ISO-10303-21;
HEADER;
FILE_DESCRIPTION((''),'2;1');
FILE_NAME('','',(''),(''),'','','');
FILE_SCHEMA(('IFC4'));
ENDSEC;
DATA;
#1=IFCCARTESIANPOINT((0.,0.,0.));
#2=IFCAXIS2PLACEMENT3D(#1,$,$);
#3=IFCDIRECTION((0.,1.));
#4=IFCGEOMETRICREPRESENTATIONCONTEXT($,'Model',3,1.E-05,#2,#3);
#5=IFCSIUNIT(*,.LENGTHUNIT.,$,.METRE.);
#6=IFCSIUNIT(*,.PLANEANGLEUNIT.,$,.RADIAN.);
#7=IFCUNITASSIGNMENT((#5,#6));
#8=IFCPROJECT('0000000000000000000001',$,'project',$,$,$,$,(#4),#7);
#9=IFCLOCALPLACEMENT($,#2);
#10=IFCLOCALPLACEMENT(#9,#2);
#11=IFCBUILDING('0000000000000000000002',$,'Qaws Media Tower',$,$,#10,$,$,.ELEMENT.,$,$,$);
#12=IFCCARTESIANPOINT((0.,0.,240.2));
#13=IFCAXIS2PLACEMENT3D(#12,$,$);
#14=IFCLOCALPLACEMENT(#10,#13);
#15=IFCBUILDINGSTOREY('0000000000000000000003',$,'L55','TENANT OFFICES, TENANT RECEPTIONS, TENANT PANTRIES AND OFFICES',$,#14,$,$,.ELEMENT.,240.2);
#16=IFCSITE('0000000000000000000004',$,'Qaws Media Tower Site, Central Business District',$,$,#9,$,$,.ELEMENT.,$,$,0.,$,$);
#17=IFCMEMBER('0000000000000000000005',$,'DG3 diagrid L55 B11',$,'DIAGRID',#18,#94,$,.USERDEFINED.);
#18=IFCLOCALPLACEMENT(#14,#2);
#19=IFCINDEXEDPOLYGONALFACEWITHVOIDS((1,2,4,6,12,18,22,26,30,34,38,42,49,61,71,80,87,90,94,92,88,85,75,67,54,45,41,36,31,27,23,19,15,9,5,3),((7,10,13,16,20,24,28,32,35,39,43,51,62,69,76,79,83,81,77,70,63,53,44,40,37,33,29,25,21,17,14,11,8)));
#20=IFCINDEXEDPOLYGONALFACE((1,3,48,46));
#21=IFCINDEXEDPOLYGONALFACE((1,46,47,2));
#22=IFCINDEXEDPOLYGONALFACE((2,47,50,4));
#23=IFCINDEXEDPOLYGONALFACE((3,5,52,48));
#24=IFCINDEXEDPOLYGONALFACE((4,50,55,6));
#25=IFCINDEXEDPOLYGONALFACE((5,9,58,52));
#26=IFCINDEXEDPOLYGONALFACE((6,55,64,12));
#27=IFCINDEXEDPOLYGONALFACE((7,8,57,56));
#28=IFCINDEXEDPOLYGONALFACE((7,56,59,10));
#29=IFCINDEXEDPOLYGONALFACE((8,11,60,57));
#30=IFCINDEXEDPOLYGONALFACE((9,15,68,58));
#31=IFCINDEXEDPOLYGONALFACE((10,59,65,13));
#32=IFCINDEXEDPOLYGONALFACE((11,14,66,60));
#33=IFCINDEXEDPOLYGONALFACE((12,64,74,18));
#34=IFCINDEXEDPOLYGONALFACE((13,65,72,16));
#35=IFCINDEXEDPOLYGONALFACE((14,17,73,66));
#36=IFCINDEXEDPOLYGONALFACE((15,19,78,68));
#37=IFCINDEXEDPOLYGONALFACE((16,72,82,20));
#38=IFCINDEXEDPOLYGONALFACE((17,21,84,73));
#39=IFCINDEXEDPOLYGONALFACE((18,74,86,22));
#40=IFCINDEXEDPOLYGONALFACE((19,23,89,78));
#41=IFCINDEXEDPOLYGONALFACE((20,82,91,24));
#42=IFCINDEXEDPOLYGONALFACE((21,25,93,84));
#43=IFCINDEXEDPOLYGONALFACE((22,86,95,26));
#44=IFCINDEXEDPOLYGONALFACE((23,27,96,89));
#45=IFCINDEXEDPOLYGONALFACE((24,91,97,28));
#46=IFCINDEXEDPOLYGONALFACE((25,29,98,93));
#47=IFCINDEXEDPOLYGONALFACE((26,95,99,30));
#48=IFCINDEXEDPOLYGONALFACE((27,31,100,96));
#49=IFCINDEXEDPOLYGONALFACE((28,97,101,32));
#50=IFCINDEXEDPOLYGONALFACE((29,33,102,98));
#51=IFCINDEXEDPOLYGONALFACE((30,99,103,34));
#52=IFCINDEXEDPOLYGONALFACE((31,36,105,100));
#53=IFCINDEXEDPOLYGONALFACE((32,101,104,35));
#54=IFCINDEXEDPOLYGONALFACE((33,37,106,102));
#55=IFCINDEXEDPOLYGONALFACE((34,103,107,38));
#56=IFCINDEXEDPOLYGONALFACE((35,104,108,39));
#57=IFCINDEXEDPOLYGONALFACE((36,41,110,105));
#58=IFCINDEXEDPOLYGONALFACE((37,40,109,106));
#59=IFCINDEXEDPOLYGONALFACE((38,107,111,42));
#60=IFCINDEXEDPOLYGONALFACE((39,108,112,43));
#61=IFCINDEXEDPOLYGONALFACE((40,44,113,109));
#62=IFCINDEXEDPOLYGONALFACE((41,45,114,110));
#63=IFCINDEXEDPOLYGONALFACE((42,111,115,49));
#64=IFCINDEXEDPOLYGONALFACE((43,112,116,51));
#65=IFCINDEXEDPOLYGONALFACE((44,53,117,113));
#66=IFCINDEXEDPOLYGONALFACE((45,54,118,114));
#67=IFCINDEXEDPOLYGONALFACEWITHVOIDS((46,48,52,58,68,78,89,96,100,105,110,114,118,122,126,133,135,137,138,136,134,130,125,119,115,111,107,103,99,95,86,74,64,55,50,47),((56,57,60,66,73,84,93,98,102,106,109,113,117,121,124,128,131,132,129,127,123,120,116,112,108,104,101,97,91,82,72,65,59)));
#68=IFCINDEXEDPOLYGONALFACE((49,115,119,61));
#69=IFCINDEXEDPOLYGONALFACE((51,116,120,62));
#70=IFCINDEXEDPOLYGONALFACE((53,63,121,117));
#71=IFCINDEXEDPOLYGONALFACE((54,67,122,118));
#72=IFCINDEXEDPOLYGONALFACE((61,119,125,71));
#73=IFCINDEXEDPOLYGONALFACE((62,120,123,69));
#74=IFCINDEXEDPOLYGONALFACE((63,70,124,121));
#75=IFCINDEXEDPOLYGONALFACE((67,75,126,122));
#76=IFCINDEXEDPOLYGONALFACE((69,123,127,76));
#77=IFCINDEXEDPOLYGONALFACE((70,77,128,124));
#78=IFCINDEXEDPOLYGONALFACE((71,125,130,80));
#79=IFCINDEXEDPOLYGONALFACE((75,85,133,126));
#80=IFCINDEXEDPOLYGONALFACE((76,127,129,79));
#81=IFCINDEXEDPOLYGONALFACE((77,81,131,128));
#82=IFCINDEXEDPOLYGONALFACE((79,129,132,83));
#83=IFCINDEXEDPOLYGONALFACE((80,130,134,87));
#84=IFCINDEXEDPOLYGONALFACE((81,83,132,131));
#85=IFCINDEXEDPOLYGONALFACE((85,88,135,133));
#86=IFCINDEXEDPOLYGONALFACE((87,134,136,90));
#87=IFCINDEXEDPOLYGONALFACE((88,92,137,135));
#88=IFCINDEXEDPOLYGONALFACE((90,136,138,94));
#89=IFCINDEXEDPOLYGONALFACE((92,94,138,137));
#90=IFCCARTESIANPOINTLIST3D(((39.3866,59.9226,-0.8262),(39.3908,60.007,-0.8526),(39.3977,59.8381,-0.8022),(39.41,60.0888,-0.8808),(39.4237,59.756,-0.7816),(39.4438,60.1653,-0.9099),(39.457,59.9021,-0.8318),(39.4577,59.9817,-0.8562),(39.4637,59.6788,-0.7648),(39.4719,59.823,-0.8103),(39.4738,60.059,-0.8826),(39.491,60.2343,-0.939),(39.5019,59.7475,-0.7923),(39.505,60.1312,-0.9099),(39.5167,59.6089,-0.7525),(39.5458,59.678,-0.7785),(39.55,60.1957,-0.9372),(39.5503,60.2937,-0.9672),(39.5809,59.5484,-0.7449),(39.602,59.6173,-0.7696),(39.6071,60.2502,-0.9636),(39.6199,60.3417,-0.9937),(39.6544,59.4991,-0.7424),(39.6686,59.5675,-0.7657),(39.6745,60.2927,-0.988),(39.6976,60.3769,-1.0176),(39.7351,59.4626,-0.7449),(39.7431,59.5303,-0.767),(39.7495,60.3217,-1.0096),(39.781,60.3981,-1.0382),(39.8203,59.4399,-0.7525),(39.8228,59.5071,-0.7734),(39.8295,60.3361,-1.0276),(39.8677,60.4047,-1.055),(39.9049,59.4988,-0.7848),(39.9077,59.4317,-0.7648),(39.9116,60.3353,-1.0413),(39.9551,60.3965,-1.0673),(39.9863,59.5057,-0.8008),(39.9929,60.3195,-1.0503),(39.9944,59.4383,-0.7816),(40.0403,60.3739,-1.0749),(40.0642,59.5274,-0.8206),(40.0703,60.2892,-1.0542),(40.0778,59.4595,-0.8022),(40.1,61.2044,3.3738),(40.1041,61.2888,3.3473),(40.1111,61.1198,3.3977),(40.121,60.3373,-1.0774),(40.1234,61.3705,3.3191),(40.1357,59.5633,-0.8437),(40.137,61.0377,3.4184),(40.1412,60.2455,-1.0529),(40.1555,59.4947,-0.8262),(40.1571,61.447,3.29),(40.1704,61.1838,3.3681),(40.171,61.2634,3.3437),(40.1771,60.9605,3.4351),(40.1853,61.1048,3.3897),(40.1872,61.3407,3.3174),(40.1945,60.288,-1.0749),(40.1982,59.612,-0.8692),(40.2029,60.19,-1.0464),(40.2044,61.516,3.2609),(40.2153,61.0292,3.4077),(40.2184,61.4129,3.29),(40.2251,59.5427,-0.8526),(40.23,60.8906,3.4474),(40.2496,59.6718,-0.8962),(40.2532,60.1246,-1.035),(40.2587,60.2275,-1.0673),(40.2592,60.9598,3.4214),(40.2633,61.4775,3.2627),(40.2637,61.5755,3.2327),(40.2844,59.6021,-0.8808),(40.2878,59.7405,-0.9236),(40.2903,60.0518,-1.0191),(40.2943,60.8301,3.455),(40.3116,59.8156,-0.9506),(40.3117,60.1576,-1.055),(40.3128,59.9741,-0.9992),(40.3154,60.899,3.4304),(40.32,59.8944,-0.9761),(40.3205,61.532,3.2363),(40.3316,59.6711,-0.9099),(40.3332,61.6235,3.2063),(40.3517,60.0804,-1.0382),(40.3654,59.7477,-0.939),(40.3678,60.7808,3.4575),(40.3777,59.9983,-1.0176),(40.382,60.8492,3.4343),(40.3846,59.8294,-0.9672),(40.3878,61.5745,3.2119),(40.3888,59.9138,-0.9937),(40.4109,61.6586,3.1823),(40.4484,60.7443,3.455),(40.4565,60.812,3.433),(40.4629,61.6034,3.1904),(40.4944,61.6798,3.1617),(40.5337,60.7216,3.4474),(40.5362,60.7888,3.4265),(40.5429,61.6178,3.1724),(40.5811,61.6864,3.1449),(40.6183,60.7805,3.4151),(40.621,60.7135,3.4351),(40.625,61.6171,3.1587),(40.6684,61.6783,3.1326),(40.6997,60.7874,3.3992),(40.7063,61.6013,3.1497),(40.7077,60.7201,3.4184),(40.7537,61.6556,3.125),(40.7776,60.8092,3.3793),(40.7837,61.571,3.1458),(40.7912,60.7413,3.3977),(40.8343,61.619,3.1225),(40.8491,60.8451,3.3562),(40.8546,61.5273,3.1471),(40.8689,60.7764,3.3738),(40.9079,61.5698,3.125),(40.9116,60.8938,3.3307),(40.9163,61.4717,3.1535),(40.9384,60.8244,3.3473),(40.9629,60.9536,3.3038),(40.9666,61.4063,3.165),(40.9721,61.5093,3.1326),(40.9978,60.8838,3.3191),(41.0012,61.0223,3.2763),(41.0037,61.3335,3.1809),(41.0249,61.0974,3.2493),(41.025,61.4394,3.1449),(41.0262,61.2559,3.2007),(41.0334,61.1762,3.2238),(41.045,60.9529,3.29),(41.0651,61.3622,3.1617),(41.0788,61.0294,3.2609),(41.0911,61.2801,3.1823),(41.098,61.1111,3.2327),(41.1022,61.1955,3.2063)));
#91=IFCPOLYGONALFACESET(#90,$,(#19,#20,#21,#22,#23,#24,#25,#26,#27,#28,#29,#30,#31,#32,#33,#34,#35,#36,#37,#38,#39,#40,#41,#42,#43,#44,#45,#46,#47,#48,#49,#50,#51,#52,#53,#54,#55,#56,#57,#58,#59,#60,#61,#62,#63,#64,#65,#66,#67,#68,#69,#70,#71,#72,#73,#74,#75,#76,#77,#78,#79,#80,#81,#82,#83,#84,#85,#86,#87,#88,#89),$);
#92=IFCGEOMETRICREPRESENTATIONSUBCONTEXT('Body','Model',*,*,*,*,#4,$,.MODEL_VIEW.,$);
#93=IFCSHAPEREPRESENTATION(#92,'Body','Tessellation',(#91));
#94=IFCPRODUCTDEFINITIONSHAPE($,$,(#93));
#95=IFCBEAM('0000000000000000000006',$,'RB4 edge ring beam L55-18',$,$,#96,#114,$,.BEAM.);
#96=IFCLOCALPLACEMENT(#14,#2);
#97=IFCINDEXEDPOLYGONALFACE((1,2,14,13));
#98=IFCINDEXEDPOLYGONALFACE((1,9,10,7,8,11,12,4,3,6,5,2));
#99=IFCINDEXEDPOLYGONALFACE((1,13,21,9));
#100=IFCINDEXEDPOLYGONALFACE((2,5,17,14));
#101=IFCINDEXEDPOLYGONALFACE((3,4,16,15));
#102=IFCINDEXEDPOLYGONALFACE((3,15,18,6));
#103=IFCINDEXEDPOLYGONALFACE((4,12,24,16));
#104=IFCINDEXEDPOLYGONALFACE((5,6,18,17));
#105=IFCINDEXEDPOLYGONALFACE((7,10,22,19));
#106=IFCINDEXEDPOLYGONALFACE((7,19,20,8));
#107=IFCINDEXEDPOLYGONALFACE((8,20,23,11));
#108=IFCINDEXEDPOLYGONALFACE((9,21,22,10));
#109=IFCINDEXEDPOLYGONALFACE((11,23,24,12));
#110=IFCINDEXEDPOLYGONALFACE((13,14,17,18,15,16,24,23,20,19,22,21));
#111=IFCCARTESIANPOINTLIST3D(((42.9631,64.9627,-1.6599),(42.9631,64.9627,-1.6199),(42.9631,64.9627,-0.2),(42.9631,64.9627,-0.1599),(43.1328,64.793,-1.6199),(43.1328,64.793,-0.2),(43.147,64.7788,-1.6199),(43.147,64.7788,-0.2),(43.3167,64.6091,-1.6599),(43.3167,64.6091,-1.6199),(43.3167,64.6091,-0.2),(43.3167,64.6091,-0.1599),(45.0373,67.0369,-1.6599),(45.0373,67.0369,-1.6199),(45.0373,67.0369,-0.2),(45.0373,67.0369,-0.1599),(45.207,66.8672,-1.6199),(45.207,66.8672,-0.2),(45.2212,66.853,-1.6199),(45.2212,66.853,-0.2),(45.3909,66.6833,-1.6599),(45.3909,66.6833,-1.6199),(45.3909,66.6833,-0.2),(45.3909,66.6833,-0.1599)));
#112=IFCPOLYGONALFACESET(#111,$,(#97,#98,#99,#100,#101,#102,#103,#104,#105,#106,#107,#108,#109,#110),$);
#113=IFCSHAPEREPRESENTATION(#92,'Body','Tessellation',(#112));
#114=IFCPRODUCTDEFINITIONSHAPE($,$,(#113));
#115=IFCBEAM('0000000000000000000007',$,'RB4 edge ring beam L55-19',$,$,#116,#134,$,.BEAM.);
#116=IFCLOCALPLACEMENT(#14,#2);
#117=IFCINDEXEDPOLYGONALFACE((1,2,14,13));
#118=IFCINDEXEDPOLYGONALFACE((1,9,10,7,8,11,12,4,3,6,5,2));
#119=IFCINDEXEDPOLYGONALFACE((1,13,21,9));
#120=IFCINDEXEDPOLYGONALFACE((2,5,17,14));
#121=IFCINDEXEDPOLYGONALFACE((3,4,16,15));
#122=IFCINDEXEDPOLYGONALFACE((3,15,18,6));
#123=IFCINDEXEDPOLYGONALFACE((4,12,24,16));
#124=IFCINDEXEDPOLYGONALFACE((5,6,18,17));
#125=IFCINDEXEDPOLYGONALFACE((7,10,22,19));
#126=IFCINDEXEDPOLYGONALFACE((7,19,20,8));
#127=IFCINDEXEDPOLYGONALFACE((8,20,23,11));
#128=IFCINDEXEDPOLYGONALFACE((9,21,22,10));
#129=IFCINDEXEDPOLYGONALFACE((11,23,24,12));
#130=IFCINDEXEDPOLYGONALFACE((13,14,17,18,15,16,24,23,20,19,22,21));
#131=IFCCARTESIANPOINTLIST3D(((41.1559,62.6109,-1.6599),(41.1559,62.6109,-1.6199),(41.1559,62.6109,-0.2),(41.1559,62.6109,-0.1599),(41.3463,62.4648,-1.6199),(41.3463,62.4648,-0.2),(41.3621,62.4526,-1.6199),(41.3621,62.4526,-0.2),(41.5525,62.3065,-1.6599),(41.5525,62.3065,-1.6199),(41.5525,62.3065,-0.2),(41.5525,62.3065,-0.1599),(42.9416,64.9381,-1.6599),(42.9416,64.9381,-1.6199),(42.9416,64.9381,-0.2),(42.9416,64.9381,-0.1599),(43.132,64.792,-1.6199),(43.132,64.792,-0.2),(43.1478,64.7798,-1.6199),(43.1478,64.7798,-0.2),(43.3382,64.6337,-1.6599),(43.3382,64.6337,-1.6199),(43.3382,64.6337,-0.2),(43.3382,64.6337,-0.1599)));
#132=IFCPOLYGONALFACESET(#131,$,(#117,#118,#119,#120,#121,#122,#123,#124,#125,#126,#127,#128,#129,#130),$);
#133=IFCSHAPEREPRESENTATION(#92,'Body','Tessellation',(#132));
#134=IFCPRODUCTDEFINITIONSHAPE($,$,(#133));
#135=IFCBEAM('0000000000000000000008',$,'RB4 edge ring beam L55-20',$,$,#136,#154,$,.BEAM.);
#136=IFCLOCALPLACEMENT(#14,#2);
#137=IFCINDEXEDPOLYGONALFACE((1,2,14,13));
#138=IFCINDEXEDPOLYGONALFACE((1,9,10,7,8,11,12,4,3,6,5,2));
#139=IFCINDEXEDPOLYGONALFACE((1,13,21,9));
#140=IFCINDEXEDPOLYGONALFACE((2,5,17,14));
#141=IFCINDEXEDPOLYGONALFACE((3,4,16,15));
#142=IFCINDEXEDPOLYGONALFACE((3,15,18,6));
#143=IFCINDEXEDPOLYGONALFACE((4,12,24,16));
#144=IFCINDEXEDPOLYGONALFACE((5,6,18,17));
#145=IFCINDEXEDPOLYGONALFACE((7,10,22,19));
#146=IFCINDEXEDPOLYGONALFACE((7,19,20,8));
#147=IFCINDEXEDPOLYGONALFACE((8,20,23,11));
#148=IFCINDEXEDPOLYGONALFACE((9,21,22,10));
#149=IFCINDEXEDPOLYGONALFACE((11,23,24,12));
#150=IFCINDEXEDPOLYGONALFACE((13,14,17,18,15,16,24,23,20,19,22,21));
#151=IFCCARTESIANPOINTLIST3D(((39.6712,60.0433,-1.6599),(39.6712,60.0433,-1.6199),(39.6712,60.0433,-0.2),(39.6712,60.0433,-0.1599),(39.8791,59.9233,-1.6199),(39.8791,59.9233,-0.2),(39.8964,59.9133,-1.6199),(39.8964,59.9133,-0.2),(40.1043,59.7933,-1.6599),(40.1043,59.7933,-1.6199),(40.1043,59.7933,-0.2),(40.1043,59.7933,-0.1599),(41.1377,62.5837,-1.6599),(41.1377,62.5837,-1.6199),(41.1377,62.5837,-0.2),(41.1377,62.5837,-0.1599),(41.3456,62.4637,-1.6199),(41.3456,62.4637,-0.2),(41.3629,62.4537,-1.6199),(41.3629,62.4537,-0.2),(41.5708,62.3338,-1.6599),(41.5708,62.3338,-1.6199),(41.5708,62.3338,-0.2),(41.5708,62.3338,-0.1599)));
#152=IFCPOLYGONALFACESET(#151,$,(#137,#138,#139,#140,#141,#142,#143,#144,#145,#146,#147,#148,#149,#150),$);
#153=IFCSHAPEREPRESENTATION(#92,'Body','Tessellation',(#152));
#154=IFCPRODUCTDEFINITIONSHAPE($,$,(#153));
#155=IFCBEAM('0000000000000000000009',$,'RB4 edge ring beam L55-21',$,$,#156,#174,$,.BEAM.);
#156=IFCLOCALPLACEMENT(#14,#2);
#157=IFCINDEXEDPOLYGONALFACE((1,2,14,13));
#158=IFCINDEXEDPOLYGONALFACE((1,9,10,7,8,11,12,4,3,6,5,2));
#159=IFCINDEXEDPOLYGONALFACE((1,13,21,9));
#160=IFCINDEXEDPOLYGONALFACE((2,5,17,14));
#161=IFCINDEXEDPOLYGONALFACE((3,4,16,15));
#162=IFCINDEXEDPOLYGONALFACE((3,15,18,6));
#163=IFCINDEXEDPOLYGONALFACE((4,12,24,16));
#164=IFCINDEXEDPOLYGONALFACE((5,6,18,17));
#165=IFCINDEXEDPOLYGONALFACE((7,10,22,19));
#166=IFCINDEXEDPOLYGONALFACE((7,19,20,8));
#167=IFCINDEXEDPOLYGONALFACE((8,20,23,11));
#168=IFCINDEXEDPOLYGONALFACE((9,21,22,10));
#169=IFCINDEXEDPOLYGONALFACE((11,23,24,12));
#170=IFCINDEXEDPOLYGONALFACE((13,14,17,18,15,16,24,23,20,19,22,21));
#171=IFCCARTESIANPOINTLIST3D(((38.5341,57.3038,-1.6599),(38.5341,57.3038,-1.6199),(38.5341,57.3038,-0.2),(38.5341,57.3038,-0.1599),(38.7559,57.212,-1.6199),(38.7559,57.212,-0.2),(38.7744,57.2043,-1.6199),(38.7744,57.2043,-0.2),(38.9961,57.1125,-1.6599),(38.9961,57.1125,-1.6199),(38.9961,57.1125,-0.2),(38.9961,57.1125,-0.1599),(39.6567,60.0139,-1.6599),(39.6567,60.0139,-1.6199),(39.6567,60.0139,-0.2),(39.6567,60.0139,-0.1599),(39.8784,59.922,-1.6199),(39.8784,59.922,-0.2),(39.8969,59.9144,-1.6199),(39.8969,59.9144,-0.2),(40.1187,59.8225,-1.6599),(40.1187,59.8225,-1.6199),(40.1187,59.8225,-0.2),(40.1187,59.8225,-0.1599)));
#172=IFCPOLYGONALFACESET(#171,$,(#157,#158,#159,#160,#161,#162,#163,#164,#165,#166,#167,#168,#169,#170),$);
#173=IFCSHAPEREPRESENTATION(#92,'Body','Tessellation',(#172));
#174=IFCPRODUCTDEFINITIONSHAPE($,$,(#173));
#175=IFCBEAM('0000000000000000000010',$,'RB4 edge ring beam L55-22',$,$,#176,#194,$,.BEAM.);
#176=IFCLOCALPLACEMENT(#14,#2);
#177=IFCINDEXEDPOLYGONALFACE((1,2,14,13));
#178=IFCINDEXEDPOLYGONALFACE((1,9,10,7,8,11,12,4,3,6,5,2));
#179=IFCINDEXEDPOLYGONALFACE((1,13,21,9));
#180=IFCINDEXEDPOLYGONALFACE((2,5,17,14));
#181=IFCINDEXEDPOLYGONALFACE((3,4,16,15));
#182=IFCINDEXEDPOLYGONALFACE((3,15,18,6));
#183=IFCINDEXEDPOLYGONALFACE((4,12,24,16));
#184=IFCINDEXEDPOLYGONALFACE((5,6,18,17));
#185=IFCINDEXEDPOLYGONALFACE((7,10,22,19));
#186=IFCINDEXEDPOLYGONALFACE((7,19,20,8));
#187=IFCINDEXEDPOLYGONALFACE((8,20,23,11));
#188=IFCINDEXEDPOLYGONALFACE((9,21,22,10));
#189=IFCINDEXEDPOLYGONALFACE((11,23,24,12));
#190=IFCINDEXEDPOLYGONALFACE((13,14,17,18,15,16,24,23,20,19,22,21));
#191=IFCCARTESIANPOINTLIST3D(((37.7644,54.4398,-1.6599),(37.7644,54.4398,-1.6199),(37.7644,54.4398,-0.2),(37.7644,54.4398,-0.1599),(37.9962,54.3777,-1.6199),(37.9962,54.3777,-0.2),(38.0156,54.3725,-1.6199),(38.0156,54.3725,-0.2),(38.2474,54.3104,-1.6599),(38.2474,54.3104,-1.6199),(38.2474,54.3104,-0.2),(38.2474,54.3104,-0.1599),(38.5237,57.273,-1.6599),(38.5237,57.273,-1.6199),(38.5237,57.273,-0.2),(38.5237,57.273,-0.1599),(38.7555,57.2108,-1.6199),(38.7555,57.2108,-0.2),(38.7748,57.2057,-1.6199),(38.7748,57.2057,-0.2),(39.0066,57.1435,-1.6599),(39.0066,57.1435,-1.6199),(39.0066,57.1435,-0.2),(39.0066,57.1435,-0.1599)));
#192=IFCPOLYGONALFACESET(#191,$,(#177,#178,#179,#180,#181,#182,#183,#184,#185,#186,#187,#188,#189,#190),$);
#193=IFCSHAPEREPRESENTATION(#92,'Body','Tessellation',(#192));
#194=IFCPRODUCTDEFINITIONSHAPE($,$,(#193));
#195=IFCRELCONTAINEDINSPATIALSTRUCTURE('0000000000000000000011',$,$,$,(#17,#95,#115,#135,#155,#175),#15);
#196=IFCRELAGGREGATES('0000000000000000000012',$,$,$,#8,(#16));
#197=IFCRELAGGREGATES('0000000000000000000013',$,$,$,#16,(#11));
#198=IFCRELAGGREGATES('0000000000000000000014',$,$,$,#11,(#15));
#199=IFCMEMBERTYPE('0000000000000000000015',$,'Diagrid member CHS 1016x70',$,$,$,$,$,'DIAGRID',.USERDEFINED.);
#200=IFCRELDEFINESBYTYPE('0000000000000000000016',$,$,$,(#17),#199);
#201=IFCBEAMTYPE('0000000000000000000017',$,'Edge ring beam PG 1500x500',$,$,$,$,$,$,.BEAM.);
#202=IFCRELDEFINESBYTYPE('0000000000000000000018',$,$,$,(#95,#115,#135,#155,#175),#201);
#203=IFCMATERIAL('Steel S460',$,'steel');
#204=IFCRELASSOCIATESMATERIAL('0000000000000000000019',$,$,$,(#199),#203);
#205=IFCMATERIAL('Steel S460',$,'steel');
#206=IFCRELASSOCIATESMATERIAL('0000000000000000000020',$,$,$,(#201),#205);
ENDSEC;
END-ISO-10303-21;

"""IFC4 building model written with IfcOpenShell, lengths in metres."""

from ifc_helpers import new_model, si_unit, direction, frame, origin, origin_2d, place, context, subcontext, project, spatial, hollow_circle, i_section, extrude, material, material_profile, profile_set, type_object, element, save


model = new_model("IFC4")

# Units and contexts
model_context = context("Model", 3, precision=1e-05, world=origin(), true_north=direction((0.0, 1.0)))
body_context = subcontext(model_context, "Body", "Model", "MODEL_VIEW")
ifc_project = project(units=[si_unit("LENGTHUNIT", "METRE"), si_unit("PLANEANGLEUNIT", "RADIAN")], contexts=[model_context])

# Site, building, storey
site_placement = place(None, origin())
site = spatial("IfcSite", under=ifc_project, at=site_placement, Name="Qaws Media Tower Site, Central Business District", CompositionType="ELEMENT", RefElevation=0.0)
building_placement = place(site_placement, origin())
building = spatial("IfcBuilding", under=site, at=building_placement, Name="Qaws Media Tower", CompositionType="ELEMENT")
storey_placement = place(building_placement, frame((0.0, 0.0, 240.2)))
storey = spatial("IfcBuildingStorey", under=building, at=storey_placement, Name="L55", Description="TENANT OFFICES, TENANT RECEPTIONS, TENANT PANTRIES AND OFFICES", CompositionType="ELEMENT", Elevation=240.2)

# Member
ifc_material_1 = material(Name="Steel S460", Category="steel")
ifc_material_profile_1 = material_profile(ifc_material_1, hollow_circle(Radius=0.5081, WallThickness=0.0701, at=origin_2d()), Name="CHS 1016x70")
ifc_profile_set_1 = profile_set([ifc_material_profile_1], Name="Steel S460")
member_type_1 = type_object("IfcMemberType", Name="Diagrid member CHS 1016x70", ElementType="DIAGRID", PredefinedType="USERDEFINED", material=ifc_profile_set_1)
for number, where, z_axis, x_axis, name in (
    (1, (39.8877, 59.9182, -0.9099), (0.160355, 0.288112, 0.944075), (-0.87378, 0.486321, 0.0), "DG3 diagrid L55 B11"),
):
    element("IfcMember", number, at=place(storey_placement, frame(where, z_axis=z_axis, x_axis=x_axis)), inside=storey, type_object=member_type_1, Name=name, ObjectType="DIAGRID", PredefinedType="USERDEFINED", context=body_context, shape_type="SweptSolid", body=[
        extrude(hollow_circle(Radius=0.5081, WallThickness=0.0701, at=origin_2d()), origin(), (0.0, 0.0, 1.0), 4.4487),
    ])

# Beams
ifc_material_2 = material(Name="Steel S460", Category="steel")
ifc_material_profile_2 = material_profile(ifc_material_2, i_section(OverallWidth=0.5, OverallDepth=1.5, WebThickness=0.02, FlangeThickness=0.04, at=origin_2d()), Name="PG 1500x500")
ifc_profile_set_2 = profile_set([ifc_material_profile_2], Name="Steel S460")
beam_type = type_object("IfcBeamType", Name="Edge ring beam PG 1500x500", PredefinedType="BEAM", material=ifc_profile_set_2)
for number, where, z_axis, x_axis, name in (
    (2, (45.2141, 66.8601, -0.9099), (-0.707107, -0.707107, 0.0), (0.707107, -0.707107, 0.0), "RB4 edge ring beam L55-18"),
    (3, (43.1399, 64.7859, -0.9099), (-0.608753, -0.79336, 0.0), (0.79336, -0.608753, 0.0), "RB4 edge ring beam L55-19"),
    (4, (41.3542, 62.4587, -0.9099), (-0.499943, -0.866058, 0.0), (0.866058, -0.499943, 0.0), "RB4 edge ring beam L55-20"),
    (5, (39.8877, 59.9182, -0.9099), (-0.3827, -0.923873, 0.0), (0.923873, -0.3827, 0.0), "RB4 edge ring beam L55-21"),
):
    element("IfcBeam", number, at=place(storey_placement, frame(where, z_axis=z_axis, x_axis=x_axis)), inside=storey, type_object=beam_type, Name=name, PredefinedType="BEAM", context=body_context, shape_type="SweptSolid", body=[
        extrude(i_section(OverallWidth=0.5, OverallDepth=1.5, WebThickness=0.02, FlangeThickness=0.04, at=origin_2d()), origin(), (0.0, 0.0, 1.0), 2.9333),
    ])
beam_placement = place(storey_placement, frame((38.7651, 57.2083, -0.9099), z_axis=(-0.258854, -0.965916, 0.0), x_axis=(0.965916, -0.258854, 0.0)))
element("IfcBeam", 6, at=beam_placement, inside=storey, type_object=beam_type, Name="RB4 edge ring beam L55-22", PredefinedType="BEAM", context=body_context, shape_type="SweptSolid", body=[
    extrude(i_section(OverallWidth=0.5, OverallDepth=1.5, WebThickness=0.02, FlangeThickness=0.04, at=origin_2d()), origin(), (0.0, 0.0, 1.0), 2.9331),
])

save(model, "model.ifc")
